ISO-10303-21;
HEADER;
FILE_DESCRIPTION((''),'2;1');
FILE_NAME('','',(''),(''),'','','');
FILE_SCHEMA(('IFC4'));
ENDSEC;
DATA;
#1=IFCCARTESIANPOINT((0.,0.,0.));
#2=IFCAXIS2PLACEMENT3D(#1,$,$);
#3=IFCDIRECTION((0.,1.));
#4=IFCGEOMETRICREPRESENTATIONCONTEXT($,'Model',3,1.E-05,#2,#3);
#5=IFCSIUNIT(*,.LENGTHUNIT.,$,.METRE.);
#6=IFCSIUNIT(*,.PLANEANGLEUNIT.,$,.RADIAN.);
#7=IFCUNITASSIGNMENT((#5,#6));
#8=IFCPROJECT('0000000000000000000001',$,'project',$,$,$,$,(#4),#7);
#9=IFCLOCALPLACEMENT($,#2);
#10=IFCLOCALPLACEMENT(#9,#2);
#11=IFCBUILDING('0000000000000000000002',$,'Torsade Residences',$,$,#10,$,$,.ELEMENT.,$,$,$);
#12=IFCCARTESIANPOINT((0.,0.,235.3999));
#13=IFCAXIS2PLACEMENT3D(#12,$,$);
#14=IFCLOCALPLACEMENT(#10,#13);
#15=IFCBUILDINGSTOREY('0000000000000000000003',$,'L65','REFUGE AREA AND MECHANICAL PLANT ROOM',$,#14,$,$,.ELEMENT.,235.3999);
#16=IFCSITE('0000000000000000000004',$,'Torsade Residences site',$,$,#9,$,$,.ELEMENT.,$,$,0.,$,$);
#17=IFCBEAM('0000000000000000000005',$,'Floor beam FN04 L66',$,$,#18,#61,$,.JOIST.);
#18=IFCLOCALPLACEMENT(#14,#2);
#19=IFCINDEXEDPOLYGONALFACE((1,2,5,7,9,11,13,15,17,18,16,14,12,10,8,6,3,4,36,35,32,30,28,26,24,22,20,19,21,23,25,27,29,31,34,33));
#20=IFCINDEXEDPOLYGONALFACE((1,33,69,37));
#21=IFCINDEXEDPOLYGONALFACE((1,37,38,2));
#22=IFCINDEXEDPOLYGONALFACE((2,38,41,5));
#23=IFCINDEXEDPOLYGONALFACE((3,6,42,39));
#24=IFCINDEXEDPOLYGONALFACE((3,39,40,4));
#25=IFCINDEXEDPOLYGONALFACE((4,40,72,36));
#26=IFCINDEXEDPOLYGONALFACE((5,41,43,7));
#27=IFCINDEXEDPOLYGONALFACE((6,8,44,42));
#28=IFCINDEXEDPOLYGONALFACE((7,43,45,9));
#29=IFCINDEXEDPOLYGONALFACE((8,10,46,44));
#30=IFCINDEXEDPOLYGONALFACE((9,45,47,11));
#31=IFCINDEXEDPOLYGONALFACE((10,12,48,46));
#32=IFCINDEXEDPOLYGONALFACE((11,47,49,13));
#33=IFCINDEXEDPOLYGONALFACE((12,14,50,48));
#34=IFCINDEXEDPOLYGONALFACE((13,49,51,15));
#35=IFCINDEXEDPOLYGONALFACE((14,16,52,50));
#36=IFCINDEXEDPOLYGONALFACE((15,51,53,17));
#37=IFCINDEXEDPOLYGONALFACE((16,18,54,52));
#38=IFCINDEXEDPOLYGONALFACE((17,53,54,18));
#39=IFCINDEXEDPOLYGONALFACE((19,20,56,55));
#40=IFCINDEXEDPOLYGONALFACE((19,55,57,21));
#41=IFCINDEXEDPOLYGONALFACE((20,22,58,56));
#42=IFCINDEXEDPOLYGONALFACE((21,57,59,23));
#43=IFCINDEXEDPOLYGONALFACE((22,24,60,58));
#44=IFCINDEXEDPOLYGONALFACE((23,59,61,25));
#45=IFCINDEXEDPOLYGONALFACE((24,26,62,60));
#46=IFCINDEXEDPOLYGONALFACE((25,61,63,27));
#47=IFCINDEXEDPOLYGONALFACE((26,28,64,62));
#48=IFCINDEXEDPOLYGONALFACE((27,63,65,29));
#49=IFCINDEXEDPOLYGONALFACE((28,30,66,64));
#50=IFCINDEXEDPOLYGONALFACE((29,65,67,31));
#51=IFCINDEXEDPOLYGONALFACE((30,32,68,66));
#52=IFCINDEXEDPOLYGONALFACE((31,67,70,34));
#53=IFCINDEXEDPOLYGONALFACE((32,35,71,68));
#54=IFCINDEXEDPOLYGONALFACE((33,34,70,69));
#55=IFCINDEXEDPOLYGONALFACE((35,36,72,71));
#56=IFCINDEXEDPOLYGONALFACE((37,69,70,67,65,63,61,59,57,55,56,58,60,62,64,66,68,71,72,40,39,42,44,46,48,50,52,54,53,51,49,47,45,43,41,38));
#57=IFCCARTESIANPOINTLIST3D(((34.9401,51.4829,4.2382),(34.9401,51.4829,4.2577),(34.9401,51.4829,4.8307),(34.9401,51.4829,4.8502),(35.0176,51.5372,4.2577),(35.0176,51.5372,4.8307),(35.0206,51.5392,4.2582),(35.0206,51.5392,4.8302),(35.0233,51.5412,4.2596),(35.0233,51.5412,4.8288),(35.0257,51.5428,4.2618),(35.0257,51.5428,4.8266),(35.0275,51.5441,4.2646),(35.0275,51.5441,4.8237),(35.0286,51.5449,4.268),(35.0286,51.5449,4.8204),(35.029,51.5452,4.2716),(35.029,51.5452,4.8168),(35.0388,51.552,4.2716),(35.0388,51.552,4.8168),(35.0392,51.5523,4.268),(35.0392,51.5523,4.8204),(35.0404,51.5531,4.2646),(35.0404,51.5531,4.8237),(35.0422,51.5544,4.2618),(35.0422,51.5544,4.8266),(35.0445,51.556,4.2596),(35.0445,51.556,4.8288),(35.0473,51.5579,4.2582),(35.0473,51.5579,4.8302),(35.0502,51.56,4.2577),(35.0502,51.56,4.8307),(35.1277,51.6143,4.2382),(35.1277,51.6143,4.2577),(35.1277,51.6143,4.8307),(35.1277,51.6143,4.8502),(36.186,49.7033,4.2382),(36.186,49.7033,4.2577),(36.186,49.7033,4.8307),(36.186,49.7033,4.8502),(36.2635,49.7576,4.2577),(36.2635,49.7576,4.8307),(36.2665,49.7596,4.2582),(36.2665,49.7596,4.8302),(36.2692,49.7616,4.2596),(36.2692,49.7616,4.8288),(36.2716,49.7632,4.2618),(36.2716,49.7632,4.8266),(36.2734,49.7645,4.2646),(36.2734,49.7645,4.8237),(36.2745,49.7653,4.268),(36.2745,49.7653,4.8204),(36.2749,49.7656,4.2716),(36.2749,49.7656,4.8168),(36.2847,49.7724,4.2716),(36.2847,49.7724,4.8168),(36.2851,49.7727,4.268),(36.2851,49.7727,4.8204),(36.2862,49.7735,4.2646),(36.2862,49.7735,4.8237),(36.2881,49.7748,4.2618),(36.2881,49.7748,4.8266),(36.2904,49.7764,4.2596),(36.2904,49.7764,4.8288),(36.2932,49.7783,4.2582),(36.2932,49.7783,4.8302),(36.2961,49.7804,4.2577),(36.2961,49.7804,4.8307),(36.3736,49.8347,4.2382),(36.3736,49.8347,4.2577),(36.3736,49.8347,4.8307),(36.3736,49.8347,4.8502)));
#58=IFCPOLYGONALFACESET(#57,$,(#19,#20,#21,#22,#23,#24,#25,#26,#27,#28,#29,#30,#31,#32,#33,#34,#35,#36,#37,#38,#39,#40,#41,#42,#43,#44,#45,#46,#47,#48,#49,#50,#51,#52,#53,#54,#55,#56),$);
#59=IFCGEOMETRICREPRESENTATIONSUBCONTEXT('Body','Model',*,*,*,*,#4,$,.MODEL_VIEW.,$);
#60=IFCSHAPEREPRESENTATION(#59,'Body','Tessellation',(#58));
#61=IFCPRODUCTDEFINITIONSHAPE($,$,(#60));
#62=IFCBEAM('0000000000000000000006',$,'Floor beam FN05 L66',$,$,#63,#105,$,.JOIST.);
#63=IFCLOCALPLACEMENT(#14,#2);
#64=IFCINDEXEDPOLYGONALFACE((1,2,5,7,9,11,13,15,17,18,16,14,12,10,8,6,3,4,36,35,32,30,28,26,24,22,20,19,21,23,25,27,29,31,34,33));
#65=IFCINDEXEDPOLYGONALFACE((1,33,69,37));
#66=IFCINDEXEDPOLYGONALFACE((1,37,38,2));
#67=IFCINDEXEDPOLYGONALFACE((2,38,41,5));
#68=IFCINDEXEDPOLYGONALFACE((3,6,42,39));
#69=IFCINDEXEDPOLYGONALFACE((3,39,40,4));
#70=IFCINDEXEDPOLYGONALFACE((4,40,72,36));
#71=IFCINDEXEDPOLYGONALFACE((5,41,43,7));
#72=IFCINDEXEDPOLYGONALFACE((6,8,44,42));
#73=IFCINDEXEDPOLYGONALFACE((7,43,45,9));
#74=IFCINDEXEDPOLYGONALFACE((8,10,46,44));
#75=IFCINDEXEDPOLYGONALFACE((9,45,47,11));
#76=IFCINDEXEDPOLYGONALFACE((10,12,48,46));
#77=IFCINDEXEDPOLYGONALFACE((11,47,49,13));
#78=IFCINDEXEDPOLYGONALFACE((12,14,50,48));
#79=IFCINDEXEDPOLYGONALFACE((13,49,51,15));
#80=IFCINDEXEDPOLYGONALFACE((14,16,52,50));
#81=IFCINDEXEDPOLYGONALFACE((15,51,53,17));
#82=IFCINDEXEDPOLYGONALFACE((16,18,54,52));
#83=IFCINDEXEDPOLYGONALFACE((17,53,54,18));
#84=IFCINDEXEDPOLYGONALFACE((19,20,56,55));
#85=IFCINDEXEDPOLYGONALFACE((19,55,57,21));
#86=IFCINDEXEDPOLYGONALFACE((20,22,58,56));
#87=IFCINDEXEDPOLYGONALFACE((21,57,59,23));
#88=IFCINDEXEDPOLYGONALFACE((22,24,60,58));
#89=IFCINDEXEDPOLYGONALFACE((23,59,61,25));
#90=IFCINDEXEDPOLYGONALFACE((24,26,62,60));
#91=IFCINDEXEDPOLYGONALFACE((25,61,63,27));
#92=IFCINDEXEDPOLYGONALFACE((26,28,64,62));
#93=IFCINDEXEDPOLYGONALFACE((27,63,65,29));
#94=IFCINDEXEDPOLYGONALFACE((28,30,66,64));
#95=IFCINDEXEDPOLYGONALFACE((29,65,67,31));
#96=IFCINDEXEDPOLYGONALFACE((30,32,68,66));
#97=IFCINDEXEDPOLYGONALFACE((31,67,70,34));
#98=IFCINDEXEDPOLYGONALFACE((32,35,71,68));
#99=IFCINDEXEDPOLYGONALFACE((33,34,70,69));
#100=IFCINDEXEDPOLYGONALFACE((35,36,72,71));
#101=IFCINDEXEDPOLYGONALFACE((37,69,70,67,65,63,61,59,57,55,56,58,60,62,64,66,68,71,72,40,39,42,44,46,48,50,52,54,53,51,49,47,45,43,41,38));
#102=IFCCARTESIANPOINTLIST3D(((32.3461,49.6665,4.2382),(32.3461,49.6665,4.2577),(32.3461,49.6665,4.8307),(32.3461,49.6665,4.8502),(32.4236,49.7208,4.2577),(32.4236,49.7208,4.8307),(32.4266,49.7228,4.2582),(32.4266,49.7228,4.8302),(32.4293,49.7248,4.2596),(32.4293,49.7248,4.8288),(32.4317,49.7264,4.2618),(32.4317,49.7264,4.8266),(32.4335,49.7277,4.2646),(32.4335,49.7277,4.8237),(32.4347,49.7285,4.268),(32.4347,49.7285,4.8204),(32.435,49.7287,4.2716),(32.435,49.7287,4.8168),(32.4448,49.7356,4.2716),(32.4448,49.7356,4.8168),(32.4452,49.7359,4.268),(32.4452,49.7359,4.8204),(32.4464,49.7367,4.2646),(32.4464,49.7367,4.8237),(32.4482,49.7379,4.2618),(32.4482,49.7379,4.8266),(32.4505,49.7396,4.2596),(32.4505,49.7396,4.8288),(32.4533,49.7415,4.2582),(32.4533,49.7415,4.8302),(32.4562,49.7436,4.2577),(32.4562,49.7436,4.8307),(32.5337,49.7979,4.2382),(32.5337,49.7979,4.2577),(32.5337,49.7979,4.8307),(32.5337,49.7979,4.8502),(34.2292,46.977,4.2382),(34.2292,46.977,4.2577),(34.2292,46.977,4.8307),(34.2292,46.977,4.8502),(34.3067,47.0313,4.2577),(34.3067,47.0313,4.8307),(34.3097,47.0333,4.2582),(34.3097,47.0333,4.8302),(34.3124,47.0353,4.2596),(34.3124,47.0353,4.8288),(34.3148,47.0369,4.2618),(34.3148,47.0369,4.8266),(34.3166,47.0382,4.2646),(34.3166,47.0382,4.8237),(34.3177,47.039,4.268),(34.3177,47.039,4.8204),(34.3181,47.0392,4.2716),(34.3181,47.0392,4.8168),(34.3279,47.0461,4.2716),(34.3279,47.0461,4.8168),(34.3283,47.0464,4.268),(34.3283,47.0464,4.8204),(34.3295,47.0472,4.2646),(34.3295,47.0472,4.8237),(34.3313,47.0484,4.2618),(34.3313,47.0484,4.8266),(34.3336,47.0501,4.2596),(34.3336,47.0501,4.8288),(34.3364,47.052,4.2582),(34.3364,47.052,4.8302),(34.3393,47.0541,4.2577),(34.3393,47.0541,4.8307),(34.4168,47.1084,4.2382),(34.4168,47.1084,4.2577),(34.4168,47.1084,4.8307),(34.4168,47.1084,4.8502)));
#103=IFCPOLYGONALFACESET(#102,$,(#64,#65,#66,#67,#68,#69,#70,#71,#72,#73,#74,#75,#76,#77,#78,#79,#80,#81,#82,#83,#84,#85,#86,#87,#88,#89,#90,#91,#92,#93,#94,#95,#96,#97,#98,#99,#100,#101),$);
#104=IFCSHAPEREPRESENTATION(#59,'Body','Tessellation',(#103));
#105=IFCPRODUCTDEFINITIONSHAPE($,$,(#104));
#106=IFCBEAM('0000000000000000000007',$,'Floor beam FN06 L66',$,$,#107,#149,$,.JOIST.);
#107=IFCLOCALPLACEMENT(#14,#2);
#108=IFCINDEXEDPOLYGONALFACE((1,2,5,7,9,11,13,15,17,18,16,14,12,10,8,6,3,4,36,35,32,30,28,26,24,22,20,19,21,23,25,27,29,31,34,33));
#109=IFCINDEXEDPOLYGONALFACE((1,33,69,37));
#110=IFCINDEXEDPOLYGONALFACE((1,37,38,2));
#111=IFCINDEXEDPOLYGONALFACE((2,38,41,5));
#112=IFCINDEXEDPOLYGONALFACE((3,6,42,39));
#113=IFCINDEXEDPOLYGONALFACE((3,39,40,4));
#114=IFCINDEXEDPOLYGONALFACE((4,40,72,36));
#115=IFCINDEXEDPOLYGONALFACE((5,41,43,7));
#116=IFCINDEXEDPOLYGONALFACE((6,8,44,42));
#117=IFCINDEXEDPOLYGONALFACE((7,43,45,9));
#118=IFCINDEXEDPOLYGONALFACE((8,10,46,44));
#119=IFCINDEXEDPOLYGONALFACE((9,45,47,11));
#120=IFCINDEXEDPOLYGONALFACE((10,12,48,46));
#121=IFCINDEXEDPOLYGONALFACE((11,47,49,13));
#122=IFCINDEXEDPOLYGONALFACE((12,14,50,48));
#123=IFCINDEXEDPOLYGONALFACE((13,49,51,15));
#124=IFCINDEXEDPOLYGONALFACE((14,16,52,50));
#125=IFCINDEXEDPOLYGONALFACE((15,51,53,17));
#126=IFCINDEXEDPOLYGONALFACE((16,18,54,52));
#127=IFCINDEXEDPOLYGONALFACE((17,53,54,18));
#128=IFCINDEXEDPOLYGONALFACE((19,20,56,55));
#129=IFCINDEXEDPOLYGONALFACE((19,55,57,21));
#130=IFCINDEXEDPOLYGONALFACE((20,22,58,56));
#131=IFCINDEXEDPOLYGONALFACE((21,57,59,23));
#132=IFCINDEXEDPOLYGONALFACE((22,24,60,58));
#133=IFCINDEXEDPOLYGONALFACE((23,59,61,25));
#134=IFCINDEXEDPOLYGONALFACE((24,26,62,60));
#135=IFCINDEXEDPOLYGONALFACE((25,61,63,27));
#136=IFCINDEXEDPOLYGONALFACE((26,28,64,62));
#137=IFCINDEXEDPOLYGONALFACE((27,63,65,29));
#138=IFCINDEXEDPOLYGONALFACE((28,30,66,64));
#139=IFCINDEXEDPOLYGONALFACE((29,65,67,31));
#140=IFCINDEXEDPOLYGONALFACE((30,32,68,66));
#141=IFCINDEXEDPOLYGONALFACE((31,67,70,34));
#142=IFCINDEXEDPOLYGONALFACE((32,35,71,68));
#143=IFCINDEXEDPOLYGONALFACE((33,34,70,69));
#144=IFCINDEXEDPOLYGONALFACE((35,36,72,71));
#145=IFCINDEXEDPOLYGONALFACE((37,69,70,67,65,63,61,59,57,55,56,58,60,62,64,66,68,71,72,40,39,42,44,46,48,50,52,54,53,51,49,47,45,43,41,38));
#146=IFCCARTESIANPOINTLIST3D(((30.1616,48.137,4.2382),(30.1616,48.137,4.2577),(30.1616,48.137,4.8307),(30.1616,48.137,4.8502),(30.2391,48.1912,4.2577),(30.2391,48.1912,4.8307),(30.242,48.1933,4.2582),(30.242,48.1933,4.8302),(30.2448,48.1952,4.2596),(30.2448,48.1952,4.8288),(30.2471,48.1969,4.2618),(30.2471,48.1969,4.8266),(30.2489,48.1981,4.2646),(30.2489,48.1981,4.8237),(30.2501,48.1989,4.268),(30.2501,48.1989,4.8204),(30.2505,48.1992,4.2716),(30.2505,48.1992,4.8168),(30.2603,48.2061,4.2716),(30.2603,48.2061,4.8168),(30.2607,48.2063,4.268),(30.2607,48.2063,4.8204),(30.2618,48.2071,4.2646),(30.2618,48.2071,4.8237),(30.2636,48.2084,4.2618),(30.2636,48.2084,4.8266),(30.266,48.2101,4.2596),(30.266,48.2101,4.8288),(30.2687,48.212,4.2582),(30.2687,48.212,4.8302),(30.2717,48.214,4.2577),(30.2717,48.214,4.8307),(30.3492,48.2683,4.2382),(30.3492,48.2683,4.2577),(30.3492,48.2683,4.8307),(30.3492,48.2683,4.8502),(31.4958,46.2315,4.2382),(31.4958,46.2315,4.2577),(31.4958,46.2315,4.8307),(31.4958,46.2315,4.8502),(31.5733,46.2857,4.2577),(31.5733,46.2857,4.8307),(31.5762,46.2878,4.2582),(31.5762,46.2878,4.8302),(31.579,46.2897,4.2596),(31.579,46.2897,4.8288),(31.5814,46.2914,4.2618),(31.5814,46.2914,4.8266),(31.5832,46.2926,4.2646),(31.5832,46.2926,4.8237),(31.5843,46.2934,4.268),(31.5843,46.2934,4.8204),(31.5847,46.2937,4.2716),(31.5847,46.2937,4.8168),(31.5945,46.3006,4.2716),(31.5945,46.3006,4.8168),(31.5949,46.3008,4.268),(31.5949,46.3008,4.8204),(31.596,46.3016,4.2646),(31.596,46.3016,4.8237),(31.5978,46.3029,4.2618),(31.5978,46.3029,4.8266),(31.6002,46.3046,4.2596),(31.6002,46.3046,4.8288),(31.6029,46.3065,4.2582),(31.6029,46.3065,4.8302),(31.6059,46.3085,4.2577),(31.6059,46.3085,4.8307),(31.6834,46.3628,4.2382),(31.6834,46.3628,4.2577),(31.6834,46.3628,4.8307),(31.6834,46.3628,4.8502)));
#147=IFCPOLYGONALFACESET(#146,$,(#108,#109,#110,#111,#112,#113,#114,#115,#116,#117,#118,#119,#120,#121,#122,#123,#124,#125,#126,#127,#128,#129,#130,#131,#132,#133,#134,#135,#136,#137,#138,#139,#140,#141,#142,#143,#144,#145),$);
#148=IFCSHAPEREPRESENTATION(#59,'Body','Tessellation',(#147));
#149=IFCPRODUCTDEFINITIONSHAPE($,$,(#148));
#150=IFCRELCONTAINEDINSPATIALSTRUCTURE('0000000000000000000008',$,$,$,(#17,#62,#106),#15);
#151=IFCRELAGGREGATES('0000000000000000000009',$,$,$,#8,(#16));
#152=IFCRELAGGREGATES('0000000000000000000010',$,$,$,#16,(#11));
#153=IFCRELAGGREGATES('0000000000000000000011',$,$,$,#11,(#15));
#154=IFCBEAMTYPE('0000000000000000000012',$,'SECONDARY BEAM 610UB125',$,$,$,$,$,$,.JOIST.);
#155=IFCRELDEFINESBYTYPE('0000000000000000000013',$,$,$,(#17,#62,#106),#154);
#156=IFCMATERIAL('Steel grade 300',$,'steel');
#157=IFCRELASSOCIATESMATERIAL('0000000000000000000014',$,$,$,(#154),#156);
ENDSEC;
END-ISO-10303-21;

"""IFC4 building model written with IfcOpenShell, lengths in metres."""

from ifc_helpers import new_model, si_unit, direction, frame, origin, origin_2d, place, context, subcontext, project, spatial, i_section, extrude, material, material_profile, profile_set, type_object, element, save


model = new_model("IFC4")

# Units and contexts
model_context = context("Model", 3, precision=1e-05, world=origin(), true_north=direction((0.0, 1.0)))
body_context = subcontext(model_context, "Body", "Model", "MODEL_VIEW")
ifc_project = project(units=[si_unit("LENGTHUNIT", "METRE"), si_unit("PLANEANGLEUNIT", "RADIAN")], contexts=[model_context])

# Site, building, storey
site_placement = place(None, origin())
site = spatial("IfcSite", under=ifc_project, at=site_placement, Name="Torsade Residences site", CompositionType="ELEMENT", RefElevation=0.0)
building_placement = place(site_placement, origin())
building = spatial("IfcBuilding", under=site, at=building_placement, Name="Torsade Residences", CompositionType="ELEMENT")
storey_placement = place(building_placement, frame((0.0, 0.0, 235.3999)))
storey = spatial("IfcBuildingStorey", under=building, at=storey_placement, Name="L65", Description="REFUGE AREA AND MECHANICAL PLANT ROOM", CompositionType="ELEMENT", Elevation=235.3999)

# Beams
ifc_material_1 = material(Name="Steel grade 300", Category="steel")
ifc_material_profile_1 = material_profile(ifc_material_1, i_section(OverallWidth=0.229, OverallDepth=0.6121, WebThickness=0.012, FlangeThickness=0.0195, FilletRadius=0.0139, at=origin_2d()), Name="610UB125")
ifc_profile_set_1 = profile_set([ifc_material_profile_1], Name="Steel grade 300")
beam_type_1 = type_object("IfcBeamType", Name="SECONDARY BEAM 610UB125", PredefinedType="JOIST", material=ifc_profile_set_1)
beam_1_placement = place(storey_placement, frame((35.0339, 51.5486, 4.5442), z_axis=(0.573515, -0.819195, 0.0), x_axis=(0.819195, 0.573515, 0.0)))
element("IfcBeam", 1, at=beam_1_placement, inside=storey, type_object=beam_type_1, Name="Floor beam FN04 L66", PredefinedType="JOIST", context=body_context, shape_type="SweptSolid", body=[
    extrude(i_section(OverallWidth=0.229, OverallDepth=0.6121, WebThickness=0.012, FlangeThickness=0.0195, FilletRadius=0.0139, at=origin_2d()), origin(), (0.0, 0.0, 1.0), 2.1724),
])
beam_2_placement = place(storey_placement, frame((32.4399, 49.7322, 4.5442), z_axis=(0.573552, -0.819169, 0.0), x_axis=(0.819169, 0.573552, 0.0)))
element("IfcBeam", 2, at=beam_2_placement, inside=storey, type_object=beam_type_1, Name="Floor beam FN05 L66", PredefinedType="JOIST", context=body_context, shape_type="SweptSolid", body=[
    extrude(i_section(OverallWidth=0.229, OverallDepth=0.6121, WebThickness=0.012, FlangeThickness=0.0195, FilletRadius=0.0139, at=origin_2d()), origin(), (0.0, 0.0, 1.0), 3.2832),
])
beam_3_placement = place(storey_placement, frame((30.2554, 48.2026, 4.5442), z_axis=(0.573568, -0.819158, 0.0), x_axis=(0.819158, 0.573568, 0.0)))
element("IfcBeam", 3, at=beam_3_placement, inside=storey, type_object=beam_type_1, Name="Floor beam FN06 L66", PredefinedType="JOIST", context=body_context, shape_type="SweptSolid", body=[
    extrude(i_section(OverallWidth=0.229, OverallDepth=0.6121, WebThickness=0.012, FlangeThickness=0.0195, FilletRadius=0.0139, at=origin_2d()), origin(), (0.0, 0.0, 1.0), 2.3262),
])

save(model, "model.ifc")
